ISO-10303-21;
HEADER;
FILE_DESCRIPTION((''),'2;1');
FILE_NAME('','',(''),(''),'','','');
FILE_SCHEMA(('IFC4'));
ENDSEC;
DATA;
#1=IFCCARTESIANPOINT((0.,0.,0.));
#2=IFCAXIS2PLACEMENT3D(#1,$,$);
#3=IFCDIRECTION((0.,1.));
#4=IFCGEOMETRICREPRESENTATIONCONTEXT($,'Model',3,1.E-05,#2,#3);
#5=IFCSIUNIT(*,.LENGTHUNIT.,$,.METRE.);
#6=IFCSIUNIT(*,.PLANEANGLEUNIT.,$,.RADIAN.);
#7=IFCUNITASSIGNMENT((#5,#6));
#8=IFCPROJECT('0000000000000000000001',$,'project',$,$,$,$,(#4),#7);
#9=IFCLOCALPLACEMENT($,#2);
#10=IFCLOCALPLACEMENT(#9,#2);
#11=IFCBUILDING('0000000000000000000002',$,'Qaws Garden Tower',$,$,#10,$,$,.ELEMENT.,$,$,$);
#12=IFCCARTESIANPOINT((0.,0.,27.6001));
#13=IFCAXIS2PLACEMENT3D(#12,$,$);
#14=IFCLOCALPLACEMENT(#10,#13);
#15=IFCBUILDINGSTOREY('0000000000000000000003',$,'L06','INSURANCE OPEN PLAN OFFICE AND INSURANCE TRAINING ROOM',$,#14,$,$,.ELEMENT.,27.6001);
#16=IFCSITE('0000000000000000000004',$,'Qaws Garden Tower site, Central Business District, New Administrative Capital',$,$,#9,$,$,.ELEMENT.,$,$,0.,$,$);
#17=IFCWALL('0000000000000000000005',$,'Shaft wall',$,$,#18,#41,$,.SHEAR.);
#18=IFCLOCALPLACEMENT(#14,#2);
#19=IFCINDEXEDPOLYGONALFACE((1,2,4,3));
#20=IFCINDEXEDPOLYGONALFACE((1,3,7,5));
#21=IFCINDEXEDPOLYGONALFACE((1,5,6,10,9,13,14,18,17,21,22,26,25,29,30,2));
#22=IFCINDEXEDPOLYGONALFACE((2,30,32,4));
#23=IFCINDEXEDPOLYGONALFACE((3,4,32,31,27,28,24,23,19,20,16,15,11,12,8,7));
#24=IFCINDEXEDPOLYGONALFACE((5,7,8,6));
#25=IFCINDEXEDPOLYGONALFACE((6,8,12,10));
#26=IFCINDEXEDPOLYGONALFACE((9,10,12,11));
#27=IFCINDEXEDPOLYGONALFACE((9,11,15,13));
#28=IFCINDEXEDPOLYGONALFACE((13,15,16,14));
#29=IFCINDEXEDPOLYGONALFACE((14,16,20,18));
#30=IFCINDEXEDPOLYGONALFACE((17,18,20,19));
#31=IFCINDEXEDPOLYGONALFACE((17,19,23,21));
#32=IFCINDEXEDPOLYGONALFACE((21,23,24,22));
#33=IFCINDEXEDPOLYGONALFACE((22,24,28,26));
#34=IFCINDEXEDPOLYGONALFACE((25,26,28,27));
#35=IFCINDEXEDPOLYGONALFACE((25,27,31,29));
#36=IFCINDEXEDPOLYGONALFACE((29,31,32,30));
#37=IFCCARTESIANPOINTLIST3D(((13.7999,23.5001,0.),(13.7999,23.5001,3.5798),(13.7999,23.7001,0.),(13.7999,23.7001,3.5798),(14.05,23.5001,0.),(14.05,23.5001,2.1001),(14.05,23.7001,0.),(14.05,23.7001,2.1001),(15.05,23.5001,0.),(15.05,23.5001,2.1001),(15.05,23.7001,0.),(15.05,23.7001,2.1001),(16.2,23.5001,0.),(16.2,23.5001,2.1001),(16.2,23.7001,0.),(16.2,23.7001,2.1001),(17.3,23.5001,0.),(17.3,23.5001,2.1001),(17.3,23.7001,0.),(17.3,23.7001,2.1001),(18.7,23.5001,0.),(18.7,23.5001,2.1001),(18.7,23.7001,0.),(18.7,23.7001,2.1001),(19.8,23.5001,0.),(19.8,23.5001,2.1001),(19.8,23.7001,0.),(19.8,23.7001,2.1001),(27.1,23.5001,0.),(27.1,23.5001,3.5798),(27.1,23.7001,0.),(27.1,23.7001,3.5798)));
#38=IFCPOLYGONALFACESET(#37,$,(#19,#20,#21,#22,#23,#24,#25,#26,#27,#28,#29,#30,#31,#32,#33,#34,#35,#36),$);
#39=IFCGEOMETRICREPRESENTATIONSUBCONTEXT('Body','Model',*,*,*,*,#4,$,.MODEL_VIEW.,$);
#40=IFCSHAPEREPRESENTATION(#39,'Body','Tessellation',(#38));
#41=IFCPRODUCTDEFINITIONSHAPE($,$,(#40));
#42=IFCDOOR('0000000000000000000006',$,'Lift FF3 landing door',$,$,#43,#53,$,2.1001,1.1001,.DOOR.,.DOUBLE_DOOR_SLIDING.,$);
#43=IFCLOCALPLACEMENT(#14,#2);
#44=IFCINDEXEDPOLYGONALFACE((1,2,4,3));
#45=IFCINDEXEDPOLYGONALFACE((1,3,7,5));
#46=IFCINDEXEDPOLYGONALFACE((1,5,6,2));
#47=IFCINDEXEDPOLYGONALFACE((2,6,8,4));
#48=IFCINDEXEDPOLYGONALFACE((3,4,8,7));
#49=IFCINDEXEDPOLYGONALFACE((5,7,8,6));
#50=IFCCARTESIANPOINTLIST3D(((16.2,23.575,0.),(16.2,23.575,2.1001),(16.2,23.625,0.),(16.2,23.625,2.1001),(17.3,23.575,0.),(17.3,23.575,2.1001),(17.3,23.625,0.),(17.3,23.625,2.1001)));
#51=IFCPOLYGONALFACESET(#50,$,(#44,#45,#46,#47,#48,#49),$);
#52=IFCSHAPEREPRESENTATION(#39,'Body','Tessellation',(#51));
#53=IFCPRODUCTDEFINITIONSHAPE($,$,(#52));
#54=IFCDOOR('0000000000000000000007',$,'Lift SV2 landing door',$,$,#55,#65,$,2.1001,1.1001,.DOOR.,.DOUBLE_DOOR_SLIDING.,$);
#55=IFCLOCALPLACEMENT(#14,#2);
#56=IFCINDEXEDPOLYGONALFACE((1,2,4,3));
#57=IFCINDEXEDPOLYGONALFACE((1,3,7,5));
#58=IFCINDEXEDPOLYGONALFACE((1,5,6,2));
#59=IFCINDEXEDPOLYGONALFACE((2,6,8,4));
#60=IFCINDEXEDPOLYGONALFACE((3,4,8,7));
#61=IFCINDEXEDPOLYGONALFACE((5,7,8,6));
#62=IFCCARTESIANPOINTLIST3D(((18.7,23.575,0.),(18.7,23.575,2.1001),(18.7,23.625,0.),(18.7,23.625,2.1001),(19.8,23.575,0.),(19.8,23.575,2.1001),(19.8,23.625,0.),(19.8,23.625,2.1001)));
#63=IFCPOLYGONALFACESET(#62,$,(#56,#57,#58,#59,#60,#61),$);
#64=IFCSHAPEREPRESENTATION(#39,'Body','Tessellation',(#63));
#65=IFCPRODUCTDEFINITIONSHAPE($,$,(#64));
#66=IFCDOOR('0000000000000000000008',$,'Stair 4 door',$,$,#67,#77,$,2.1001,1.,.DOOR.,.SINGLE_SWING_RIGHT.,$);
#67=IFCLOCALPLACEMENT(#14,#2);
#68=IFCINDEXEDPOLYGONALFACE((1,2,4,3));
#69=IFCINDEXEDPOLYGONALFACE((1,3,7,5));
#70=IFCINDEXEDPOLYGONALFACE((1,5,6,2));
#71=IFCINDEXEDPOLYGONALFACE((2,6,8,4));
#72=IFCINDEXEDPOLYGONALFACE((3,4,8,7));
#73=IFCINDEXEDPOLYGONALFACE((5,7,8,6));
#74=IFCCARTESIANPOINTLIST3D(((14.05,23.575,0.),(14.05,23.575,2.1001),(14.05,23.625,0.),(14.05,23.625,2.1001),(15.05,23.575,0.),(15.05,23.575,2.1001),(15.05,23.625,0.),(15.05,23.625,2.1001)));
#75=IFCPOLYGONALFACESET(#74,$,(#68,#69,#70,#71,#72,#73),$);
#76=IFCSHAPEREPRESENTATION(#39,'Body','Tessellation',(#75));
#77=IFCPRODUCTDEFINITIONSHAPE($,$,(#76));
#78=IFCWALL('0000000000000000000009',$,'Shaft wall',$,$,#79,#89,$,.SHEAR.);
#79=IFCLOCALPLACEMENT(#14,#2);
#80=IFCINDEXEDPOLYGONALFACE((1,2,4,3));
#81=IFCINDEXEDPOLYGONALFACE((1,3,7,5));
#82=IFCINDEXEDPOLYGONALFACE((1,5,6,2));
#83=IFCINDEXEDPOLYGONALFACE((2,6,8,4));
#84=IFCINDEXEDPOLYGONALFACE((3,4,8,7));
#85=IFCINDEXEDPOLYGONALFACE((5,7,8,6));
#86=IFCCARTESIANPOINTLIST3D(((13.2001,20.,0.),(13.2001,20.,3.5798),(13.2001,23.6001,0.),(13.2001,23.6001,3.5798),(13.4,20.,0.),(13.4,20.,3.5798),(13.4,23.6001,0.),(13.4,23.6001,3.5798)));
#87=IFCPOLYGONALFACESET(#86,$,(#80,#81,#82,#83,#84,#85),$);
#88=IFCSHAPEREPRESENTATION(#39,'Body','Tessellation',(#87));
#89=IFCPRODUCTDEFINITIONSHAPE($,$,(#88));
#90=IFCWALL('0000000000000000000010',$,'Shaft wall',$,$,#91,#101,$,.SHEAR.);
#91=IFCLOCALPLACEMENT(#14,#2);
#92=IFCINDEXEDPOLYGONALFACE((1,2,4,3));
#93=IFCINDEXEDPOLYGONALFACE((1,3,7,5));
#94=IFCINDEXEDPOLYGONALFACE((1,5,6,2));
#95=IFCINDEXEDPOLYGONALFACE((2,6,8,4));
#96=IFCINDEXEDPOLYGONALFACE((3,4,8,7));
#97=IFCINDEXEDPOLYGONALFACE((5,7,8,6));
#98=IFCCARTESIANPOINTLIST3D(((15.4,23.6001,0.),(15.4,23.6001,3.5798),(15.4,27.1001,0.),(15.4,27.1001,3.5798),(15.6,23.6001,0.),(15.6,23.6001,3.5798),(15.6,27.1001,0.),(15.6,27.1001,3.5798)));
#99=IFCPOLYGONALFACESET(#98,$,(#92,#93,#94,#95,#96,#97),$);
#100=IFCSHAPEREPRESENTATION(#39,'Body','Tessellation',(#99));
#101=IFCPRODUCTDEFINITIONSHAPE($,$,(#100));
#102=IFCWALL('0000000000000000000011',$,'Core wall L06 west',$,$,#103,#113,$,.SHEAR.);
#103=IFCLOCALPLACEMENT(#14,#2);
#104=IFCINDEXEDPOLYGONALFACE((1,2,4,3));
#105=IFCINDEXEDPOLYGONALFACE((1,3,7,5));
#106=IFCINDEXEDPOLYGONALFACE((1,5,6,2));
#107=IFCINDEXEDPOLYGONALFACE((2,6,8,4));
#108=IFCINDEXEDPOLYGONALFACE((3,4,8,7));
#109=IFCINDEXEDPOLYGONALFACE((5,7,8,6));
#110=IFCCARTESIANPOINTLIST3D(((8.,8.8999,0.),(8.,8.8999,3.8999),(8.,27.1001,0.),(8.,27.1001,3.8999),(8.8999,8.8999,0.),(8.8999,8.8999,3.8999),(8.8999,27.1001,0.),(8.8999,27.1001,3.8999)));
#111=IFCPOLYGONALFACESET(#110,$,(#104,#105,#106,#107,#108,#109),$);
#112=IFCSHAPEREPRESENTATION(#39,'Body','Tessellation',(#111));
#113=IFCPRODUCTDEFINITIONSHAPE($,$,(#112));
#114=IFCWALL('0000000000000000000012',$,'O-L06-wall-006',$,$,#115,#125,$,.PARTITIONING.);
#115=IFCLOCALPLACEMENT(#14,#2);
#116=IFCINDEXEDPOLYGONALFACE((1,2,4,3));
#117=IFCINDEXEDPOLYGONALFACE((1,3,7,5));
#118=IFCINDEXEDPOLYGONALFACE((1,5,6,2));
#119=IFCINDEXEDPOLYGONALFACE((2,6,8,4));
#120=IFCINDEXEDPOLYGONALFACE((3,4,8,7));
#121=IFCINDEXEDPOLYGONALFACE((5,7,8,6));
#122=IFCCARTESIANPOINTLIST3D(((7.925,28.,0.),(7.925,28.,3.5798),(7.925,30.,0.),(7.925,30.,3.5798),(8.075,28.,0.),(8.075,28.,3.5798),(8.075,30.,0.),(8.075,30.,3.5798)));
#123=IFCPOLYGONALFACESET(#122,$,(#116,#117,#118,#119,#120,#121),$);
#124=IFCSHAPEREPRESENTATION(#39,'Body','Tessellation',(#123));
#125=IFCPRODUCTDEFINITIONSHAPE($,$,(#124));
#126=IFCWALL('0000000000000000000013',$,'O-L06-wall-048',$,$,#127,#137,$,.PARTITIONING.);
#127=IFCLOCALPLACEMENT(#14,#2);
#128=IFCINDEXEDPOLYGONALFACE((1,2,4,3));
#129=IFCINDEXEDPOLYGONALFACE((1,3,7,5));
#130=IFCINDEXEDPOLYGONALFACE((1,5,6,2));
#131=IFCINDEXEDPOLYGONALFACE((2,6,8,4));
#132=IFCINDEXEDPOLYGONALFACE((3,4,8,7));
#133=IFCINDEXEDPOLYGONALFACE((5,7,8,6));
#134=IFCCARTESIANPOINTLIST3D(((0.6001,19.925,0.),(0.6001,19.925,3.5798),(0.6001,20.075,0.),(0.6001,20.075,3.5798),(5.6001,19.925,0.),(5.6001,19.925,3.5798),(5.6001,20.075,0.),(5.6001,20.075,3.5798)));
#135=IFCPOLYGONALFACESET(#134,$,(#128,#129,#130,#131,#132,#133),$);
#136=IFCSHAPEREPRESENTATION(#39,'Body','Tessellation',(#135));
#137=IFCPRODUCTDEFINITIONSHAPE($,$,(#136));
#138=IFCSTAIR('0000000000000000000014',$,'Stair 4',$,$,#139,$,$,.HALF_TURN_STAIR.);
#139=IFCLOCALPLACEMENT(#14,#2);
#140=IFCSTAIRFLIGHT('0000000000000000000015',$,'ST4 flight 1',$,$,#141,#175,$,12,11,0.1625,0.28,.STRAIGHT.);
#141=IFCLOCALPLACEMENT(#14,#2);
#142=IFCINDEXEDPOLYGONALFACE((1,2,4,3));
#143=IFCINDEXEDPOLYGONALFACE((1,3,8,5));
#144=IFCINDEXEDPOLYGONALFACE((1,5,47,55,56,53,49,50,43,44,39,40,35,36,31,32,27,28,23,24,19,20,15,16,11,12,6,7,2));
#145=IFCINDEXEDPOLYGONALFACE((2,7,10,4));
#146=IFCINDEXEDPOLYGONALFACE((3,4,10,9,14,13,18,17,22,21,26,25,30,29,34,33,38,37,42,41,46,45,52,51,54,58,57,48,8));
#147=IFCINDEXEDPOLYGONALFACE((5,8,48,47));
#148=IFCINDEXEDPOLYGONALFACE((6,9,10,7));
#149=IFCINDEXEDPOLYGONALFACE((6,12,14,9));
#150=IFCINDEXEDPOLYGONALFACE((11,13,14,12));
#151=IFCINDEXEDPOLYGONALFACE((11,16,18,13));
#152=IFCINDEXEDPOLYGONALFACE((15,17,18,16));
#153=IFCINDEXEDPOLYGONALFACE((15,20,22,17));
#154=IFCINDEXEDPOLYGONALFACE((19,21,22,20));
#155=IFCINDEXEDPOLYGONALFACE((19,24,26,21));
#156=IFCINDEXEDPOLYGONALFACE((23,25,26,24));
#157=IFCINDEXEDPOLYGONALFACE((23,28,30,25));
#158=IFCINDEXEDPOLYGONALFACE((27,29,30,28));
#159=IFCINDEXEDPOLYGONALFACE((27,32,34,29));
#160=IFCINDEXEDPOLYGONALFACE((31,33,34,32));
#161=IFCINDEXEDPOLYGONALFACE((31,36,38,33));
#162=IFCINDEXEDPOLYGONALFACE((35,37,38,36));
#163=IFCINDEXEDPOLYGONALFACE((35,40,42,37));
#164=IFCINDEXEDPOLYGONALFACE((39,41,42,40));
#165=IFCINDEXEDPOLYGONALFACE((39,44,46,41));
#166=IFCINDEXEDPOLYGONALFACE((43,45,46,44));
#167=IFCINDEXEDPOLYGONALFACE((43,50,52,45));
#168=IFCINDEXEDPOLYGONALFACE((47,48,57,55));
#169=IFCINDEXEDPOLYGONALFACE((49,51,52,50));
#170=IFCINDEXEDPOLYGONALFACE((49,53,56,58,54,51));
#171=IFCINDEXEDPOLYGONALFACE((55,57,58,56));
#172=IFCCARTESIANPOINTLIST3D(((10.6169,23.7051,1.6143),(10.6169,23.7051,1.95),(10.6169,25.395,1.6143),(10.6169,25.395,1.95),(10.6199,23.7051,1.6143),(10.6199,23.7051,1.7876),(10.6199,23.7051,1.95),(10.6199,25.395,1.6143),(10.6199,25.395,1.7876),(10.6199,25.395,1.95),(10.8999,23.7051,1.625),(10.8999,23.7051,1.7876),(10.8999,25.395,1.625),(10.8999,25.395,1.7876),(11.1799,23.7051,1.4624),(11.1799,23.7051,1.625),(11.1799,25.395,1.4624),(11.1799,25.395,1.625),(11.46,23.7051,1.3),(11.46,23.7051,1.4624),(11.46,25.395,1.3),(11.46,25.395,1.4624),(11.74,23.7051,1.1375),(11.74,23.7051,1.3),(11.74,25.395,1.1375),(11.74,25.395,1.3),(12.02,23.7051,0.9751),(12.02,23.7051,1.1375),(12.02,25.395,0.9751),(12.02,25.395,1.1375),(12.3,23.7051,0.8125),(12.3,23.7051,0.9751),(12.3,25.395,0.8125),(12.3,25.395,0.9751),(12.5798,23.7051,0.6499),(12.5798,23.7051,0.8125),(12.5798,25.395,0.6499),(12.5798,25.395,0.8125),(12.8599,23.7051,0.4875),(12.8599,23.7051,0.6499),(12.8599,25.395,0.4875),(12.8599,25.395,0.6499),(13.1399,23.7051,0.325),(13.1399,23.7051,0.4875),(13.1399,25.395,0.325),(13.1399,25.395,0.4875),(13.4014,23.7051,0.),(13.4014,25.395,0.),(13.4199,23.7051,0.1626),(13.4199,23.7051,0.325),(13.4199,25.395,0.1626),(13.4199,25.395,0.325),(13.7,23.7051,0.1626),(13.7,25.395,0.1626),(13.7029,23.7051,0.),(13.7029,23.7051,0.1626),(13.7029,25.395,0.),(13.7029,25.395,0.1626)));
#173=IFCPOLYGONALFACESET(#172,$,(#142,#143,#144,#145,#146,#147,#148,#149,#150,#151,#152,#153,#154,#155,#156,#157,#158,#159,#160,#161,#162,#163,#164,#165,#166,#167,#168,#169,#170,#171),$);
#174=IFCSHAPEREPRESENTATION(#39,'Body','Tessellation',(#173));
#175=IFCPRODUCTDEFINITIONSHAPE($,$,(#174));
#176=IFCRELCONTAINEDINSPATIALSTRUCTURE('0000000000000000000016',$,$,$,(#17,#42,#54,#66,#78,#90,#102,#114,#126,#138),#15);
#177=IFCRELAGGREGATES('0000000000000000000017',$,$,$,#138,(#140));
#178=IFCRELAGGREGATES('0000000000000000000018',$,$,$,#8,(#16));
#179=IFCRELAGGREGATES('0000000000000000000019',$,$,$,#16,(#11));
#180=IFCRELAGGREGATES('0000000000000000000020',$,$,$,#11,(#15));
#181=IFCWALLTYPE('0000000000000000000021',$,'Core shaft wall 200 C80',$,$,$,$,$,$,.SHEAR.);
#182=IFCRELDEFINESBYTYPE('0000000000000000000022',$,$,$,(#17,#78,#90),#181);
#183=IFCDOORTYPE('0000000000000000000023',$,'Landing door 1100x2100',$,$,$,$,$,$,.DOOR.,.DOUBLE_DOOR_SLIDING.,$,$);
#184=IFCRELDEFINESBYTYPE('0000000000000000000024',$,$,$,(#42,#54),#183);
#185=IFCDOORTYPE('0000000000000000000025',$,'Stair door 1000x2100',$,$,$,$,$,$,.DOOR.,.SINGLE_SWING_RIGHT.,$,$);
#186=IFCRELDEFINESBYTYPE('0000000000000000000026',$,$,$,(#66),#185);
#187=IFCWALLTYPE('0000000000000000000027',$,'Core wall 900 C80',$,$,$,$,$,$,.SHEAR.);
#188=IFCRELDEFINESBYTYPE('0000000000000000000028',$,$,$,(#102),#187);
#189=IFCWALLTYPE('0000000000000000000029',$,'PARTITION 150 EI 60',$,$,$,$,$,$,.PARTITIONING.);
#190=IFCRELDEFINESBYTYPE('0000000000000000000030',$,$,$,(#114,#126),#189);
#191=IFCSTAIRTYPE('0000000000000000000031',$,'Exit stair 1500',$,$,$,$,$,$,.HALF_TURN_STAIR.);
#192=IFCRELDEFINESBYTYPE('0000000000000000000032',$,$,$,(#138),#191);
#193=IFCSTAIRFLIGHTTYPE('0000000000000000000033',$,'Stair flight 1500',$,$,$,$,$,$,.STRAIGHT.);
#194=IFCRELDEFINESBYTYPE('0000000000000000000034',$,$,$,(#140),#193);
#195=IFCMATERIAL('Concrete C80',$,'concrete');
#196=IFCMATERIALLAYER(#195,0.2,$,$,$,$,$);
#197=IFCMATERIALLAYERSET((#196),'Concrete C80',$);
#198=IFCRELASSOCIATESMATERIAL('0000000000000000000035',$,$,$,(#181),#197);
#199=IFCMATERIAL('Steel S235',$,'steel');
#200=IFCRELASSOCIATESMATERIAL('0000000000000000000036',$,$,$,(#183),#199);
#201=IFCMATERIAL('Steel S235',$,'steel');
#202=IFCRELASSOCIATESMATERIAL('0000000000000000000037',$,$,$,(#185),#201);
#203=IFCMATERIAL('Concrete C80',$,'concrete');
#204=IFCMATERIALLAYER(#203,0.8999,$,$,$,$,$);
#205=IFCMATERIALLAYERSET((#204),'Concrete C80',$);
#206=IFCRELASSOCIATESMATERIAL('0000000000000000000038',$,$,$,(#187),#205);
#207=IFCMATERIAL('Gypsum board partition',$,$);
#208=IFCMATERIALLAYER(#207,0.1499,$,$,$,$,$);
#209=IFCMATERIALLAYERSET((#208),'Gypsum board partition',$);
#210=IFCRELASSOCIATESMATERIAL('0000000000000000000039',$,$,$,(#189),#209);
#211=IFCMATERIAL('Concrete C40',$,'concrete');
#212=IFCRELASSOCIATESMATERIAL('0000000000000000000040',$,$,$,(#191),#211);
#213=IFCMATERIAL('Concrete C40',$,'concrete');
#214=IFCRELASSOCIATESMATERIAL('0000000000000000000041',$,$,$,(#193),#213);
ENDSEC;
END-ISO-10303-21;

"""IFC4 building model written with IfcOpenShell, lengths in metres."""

from ifc_helpers import new_model, si_unit, direction, frame, frame_2d, origin, place, context, subcontext, project, spatial, polyline, rectangle, outline, extrude, material, layer, layer_set, type_object, element, fill, aggregate, save


model = new_model("IFC4")

# Units and contexts
model_context = context("Model", 3, precision=1e-05, world=origin(), true_north=direction((0.0, 1.0)))
body_context = subcontext(model_context, "Body", "Model", "MODEL_VIEW")
ifc_project = project(units=[si_unit("LENGTHUNIT", "METRE"), si_unit("PLANEANGLEUNIT", "RADIAN")], contexts=[model_context])

# Site, building, storey
site_placement = place(None, origin())
site = spatial("IfcSite", under=ifc_project, at=site_placement, Name="Qaws Garden Tower site, Central Business District, New Administrative Capital", CompositionType="ELEMENT", RefElevation=0.0)
building_placement = place(site_placement, origin())
building = spatial("IfcBuilding", under=site, at=building_placement, Name="Qaws Garden Tower", CompositionType="ELEMENT")
storey_placement = place(building_placement, frame((0.0, 0.0, 27.6001)))
storey = spatial("IfcBuildingStorey", under=building, at=storey_placement, Name="L06", Description="INSURANCE OPEN PLAN OFFICE AND INSURANCE TRAINING ROOM", CompositionType="ELEMENT", Elevation=27.6001)

# Shared definitions
ifc_material_1 = material(Name="Concrete C80", Category="concrete")
ifc_layer_1 = layer(ifc_material_1, 0.2)
ifc_layer_set_1 = layer_set([ifc_layer_1], Name="Concrete C80")
wall_type_1 = type_object("IfcWallType", Name="Core shaft wall 200 C80", PredefinedType="SHEAR", material=ifc_layer_set_1)

# Wall, openings, doors
wall_1_placement = place(storey_placement, frame((13.8, 23.6001, 0.0), z_axis=(0.0, 0.0, 1.0), x_axis=(1.0, 0.0, 0.0)))
wall_1 = element("IfcWall", 1, at=wall_1_placement, inside=storey, type_object=wall_type_1, Name="Shaft wall", PredefinedType="SHEAR", context=body_context, shape_type="SweptSolid", body=[
    extrude(rectangle(XDim=13.3, YDim=0.2, at=frame_2d((6.6499, 0.0))), origin(), (0.0, 0.0, 1.0), 3.5798),
])
opening_1_placement = place(wall_1_placement, frame((2.3999, 0.0, 0.0)))
opening_1 = element("IfcOpeningElement", 2, at=opening_1_placement, cuts=wall_1, PredefinedType="OPENING", context=body_context, shape_type="SweptSolid", body=[
    extrude(rectangle(XDim=1.1001, YDim=2.1001, at=frame_2d((0.55, 1.05))), frame((0.0, 0.1099, 0.0), z_axis=(0.0, -1.0, 0.0), x_axis=(1.0, 0.0, 0.0)), (0.0, 0.0, 1.0), 0.22),
])
opening_2_placement = place(wall_1_placement, frame((4.8999, 0.0, 0.0)))
opening_2 = element("IfcOpeningElement", 3, at=opening_2_placement, cuts=wall_1, PredefinedType="OPENING", context=body_context, shape_type="SweptSolid", body=[
    extrude(rectangle(XDim=1.1001, YDim=2.1001, at=frame_2d((0.55, 1.05))), frame((0.0, 0.1099, 0.0), z_axis=(0.0, -1.0, 0.0), x_axis=(1.0, 0.0, 0.0)), (0.0, 0.0, 1.0), 0.22),
])
opening_3_placement = place(wall_1_placement, frame((0.25, 0.0, 0.0)))
opening_3 = element("IfcOpeningElement", 4, at=opening_3_placement, cuts=wall_1, PredefinedType="OPENING", context=body_context, shape_type="SweptSolid", body=[
    extrude(rectangle(XDim=1.0, YDim=2.1001, at=frame_2d((0.5, 1.05))), frame((0.0, 0.1099, 0.0), z_axis=(0.0, -1.0, 0.0), x_axis=(1.0, 0.0, 0.0)), (0.0, 0.0, 1.0), 0.22),
])
ifc_material_2 = material(Name="Steel S235", Category="steel")
door_type_1 = type_object("IfcDoorType", Name="Landing door 1100x2100", OperationType="DOUBLE_DOOR_SLIDING", PredefinedType="DOOR", material=ifc_material_2)
door_1_placement = place(opening_1_placement, origin())
door_1 = element("IfcDoor", 5, at=door_1_placement, inside=storey, type_object=door_type_1, Name="Lift FF3 landing door", OperationType="DOUBLE_DOOR_SLIDING", OverallHeight=2.1001, OverallWidth=1.1001, PredefinedType="DOOR", context=body_context, shape_type="SweptSolid", body=[
    extrude(rectangle(XDim=1.1001, YDim=2.1001, at=frame_2d((0.55, 1.05))), frame((0.0, 0.0249, 0.0), z_axis=(0.0, -1.0, 0.0), x_axis=(1.0, 0.0, 0.0)), (0.0, 0.0, 1.0), 0.05),
])
fill(opening_1, door_1)
door_2_placement = place(opening_2_placement, origin())
door_2 = element("IfcDoor", 6, at=door_2_placement, inside=storey, type_object=door_type_1, Name="Lift SV2 landing door", OperationType="DOUBLE_DOOR_SLIDING", OverallHeight=2.1001, OverallWidth=1.1001, PredefinedType="DOOR", context=body_context, shape_type="SweptSolid", body=[
    extrude(rectangle(XDim=1.1001, YDim=2.1001, at=frame_2d((0.55, 1.05))), frame((0.0, 0.0249, 0.0), z_axis=(0.0, -1.0, 0.0), x_axis=(1.0, 0.0, 0.0)), (0.0, 0.0, 1.0), 0.05),
])
fill(opening_2, door_2)
ifc_material_3 = material(Name="Steel S235", Category="steel")
door_type_2 = type_object("IfcDoorType", Name="Stair door 1000x2100", OperationType="SINGLE_SWING_RIGHT", PredefinedType="DOOR", material=ifc_material_3)
door_3_placement = place(opening_3_placement, origin())
door_3 = element("IfcDoor", 7, at=door_3_placement, inside=storey, type_object=door_type_2, Name="Stair 4 door", OperationType="SINGLE_SWING_RIGHT", OverallHeight=2.1001, OverallWidth=1.0, PredefinedType="DOOR", context=body_context, shape_type="SweptSolid", body=[
    extrude(rectangle(XDim=1.0, YDim=2.1001, at=frame_2d((0.5, 1.05))), frame((0.0, 0.0249, 0.0), z_axis=(0.0, -1.0, 0.0), x_axis=(1.0, 0.0, 0.0)), (0.0, 0.0, 1.0), 0.05),
])
fill(opening_3, door_3)

# Walls
wall_2_placement = place(storey_placement, frame((13.3, 20.0, 0.0), z_axis=(0.0, 0.0, 1.0), x_axis=(0.0, 1.0, 0.0)))
element("IfcWall", 8, at=wall_2_placement, inside=storey, type_object=wall_type_1, Name="Shaft wall", PredefinedType="SHEAR", context=body_context, shape_type="SweptSolid", body=[
    extrude(rectangle(XDim=3.6001, YDim=0.2, at=frame_2d((1.8, 0.0))), origin(), (0.0, 0.0, 1.0), 3.5798),
])
wall_3_placement = place(storey_placement, frame((15.5, 23.6001, 0.0), z_axis=(0.0, 0.0, 1.0), x_axis=(0.0, 1.0, 0.0)))
element("IfcWall", 9, at=wall_3_placement, inside=storey, type_object=wall_type_1, Name="Shaft wall", PredefinedType="SHEAR", context=body_context, shape_type="SweptSolid", body=[
    extrude(rectangle(XDim=3.5, YDim=0.2, at=frame_2d((1.75, 0.0))), origin(), (0.0, 0.0, 1.0), 3.5798),
])
ifc_material_4 = material(Name="Concrete C80", Category="concrete")
ifc_layer_2 = layer(ifc_material_4, 0.8999)
ifc_layer_set_2 = layer_set([ifc_layer_2], Name="Concrete C80")
wall_type_2 = type_object("IfcWallType", Name="Core wall 900 C80", PredefinedType="SHEAR", material=ifc_layer_set_2)
wall_4_placement = place(storey_placement, frame((8.45, 27.1001, 0.0), z_axis=(0.0, 0.0, 1.0), x_axis=(0.0, -1.0, 0.0)))
element("IfcWall", 10, at=wall_4_placement, inside=storey, type_object=wall_type_2, Name="Core wall L06 west", PredefinedType="SHEAR", context=body_context, shape_type="SweptSolid", body=[
    extrude(rectangle(XDim=18.2002, YDim=0.8999, at=frame_2d((9.1001, 0.0))), origin(), (0.0, 0.0, 1.0), 3.8999),
])
ifc_material_5 = material(Name="Gypsum board partition")
ifc_layer_3 = layer(ifc_material_5, 0.1499)
ifc_layer_set_3 = layer_set([ifc_layer_3], Name="Gypsum board partition")
wall_type_3 = type_object("IfcWallType", Name="PARTITION 150 EI 60", PredefinedType="PARTITIONING", material=ifc_layer_set_3)
wall_5_placement = place(storey_placement, frame((8.0, 28.0, 0.0), z_axis=(0.0, 0.0, 1.0), x_axis=(0.0, 1.0, 0.0)))
element("IfcWall", 11, at=wall_5_placement, inside=storey, type_object=wall_type_3, Name="O-L06-wall-006", PredefinedType="PARTITIONING", context=body_context, shape_type="SweptSolid", body=[
    extrude(rectangle(XDim=2.0, YDim=0.1499, at=frame_2d((1.0, 0.0))), origin(), (0.0, 0.0, 1.0), 3.5798),
])
wall_6_placement = place(storey_placement, frame((0.6001, 20.0, 0.0), z_axis=(0.0, 0.0, 1.0), x_axis=(1.0, 0.0, 0.0)))
element("IfcWall", 12, at=wall_6_placement, inside=storey, type_object=wall_type_3, Name="O-L06-wall-048", PredefinedType="PARTITIONING", context=body_context, shape_type="SweptSolid", body=[
    extrude(rectangle(XDim=5.0, YDim=0.1499, at=frame_2d((2.5, 0.0))), origin(), (0.0, 0.0, 1.0), 3.5798),
])

# Stair, stair flight
ifc_material_6 = material(Name="Concrete C40", Category="concrete")
stair_type = type_object("IfcStairType", Name="Exit stair 1500", PredefinedType="HALF_TURN_STAIR", material=ifc_material_6)
stair_placement = place(storey_placement, origin())
stair = element("IfcStair", 13, at=stair_placement, inside=storey, type_object=stair_type, Name="Stair 4", PredefinedType="HALF_TURN_STAIR")
ifc_material_7 = material(Name="Concrete C40", Category="concrete")
stair_flight_type = type_object("IfcStairFlightType", Name="Stair flight 1500", PredefinedType="STRAIGHT", material=ifc_material_7)
stair_flight_1_placement = place(storey_placement, frame((13.7, 24.55, 0.0), z_axis=(0.0, 0.0, 1.0), x_axis=(-1.0, 0.0, 0.0)))
stair_flight_1 = element("IfcStairFlight", 14, at=stair_flight_1_placement, type_object=stair_flight_type, Name="ST4 flight 1", NumberOfRisers=12, NumberOfTreads=11, PredefinedType="STRAIGHT", RiserHeight=0.1625, TreadLength=0.28, context=body_context, shape_type="SweptSolid", body=[
    extrude(outline(polyline([(-0.0029, 0.0), (-0.0029, 0.1626), (0.0, 0.1626), (0.28, 0.1626), (0.28, 0.325), (0.5601, 0.325), (0.5601, 0.4875), (0.8401, 0.4875), (0.8401, 0.6499), (1.1201, 0.6499), (1.1201, 0.8125), (1.3999, 0.8125), (1.3999, 0.9751), (1.6799, 0.9751), (1.6799, 1.1375), (1.96, 1.1375), (1.96, 1.3), (2.24, 1.3), (2.24, 1.4624), (2.52, 1.4624), (2.52, 1.625), (2.8, 1.625), (2.8, 1.7876), (3.0801, 1.7876), (3.0801, 1.95), (3.083, 1.95), (3.083, 1.6143), (3.0801, 1.6143), (0.2986, 0.0), (-0.0029, 0.0)])), frame((0.0, 0.845, 0.0), z_axis=(0.0, -1.0, 0.0), x_axis=(1.0, 0.0, 0.0)), (0.0, 0.0, 1.0), 1.6899),
])
aggregate(stair, [stair_flight_1])

save(model, "model.ifc")
